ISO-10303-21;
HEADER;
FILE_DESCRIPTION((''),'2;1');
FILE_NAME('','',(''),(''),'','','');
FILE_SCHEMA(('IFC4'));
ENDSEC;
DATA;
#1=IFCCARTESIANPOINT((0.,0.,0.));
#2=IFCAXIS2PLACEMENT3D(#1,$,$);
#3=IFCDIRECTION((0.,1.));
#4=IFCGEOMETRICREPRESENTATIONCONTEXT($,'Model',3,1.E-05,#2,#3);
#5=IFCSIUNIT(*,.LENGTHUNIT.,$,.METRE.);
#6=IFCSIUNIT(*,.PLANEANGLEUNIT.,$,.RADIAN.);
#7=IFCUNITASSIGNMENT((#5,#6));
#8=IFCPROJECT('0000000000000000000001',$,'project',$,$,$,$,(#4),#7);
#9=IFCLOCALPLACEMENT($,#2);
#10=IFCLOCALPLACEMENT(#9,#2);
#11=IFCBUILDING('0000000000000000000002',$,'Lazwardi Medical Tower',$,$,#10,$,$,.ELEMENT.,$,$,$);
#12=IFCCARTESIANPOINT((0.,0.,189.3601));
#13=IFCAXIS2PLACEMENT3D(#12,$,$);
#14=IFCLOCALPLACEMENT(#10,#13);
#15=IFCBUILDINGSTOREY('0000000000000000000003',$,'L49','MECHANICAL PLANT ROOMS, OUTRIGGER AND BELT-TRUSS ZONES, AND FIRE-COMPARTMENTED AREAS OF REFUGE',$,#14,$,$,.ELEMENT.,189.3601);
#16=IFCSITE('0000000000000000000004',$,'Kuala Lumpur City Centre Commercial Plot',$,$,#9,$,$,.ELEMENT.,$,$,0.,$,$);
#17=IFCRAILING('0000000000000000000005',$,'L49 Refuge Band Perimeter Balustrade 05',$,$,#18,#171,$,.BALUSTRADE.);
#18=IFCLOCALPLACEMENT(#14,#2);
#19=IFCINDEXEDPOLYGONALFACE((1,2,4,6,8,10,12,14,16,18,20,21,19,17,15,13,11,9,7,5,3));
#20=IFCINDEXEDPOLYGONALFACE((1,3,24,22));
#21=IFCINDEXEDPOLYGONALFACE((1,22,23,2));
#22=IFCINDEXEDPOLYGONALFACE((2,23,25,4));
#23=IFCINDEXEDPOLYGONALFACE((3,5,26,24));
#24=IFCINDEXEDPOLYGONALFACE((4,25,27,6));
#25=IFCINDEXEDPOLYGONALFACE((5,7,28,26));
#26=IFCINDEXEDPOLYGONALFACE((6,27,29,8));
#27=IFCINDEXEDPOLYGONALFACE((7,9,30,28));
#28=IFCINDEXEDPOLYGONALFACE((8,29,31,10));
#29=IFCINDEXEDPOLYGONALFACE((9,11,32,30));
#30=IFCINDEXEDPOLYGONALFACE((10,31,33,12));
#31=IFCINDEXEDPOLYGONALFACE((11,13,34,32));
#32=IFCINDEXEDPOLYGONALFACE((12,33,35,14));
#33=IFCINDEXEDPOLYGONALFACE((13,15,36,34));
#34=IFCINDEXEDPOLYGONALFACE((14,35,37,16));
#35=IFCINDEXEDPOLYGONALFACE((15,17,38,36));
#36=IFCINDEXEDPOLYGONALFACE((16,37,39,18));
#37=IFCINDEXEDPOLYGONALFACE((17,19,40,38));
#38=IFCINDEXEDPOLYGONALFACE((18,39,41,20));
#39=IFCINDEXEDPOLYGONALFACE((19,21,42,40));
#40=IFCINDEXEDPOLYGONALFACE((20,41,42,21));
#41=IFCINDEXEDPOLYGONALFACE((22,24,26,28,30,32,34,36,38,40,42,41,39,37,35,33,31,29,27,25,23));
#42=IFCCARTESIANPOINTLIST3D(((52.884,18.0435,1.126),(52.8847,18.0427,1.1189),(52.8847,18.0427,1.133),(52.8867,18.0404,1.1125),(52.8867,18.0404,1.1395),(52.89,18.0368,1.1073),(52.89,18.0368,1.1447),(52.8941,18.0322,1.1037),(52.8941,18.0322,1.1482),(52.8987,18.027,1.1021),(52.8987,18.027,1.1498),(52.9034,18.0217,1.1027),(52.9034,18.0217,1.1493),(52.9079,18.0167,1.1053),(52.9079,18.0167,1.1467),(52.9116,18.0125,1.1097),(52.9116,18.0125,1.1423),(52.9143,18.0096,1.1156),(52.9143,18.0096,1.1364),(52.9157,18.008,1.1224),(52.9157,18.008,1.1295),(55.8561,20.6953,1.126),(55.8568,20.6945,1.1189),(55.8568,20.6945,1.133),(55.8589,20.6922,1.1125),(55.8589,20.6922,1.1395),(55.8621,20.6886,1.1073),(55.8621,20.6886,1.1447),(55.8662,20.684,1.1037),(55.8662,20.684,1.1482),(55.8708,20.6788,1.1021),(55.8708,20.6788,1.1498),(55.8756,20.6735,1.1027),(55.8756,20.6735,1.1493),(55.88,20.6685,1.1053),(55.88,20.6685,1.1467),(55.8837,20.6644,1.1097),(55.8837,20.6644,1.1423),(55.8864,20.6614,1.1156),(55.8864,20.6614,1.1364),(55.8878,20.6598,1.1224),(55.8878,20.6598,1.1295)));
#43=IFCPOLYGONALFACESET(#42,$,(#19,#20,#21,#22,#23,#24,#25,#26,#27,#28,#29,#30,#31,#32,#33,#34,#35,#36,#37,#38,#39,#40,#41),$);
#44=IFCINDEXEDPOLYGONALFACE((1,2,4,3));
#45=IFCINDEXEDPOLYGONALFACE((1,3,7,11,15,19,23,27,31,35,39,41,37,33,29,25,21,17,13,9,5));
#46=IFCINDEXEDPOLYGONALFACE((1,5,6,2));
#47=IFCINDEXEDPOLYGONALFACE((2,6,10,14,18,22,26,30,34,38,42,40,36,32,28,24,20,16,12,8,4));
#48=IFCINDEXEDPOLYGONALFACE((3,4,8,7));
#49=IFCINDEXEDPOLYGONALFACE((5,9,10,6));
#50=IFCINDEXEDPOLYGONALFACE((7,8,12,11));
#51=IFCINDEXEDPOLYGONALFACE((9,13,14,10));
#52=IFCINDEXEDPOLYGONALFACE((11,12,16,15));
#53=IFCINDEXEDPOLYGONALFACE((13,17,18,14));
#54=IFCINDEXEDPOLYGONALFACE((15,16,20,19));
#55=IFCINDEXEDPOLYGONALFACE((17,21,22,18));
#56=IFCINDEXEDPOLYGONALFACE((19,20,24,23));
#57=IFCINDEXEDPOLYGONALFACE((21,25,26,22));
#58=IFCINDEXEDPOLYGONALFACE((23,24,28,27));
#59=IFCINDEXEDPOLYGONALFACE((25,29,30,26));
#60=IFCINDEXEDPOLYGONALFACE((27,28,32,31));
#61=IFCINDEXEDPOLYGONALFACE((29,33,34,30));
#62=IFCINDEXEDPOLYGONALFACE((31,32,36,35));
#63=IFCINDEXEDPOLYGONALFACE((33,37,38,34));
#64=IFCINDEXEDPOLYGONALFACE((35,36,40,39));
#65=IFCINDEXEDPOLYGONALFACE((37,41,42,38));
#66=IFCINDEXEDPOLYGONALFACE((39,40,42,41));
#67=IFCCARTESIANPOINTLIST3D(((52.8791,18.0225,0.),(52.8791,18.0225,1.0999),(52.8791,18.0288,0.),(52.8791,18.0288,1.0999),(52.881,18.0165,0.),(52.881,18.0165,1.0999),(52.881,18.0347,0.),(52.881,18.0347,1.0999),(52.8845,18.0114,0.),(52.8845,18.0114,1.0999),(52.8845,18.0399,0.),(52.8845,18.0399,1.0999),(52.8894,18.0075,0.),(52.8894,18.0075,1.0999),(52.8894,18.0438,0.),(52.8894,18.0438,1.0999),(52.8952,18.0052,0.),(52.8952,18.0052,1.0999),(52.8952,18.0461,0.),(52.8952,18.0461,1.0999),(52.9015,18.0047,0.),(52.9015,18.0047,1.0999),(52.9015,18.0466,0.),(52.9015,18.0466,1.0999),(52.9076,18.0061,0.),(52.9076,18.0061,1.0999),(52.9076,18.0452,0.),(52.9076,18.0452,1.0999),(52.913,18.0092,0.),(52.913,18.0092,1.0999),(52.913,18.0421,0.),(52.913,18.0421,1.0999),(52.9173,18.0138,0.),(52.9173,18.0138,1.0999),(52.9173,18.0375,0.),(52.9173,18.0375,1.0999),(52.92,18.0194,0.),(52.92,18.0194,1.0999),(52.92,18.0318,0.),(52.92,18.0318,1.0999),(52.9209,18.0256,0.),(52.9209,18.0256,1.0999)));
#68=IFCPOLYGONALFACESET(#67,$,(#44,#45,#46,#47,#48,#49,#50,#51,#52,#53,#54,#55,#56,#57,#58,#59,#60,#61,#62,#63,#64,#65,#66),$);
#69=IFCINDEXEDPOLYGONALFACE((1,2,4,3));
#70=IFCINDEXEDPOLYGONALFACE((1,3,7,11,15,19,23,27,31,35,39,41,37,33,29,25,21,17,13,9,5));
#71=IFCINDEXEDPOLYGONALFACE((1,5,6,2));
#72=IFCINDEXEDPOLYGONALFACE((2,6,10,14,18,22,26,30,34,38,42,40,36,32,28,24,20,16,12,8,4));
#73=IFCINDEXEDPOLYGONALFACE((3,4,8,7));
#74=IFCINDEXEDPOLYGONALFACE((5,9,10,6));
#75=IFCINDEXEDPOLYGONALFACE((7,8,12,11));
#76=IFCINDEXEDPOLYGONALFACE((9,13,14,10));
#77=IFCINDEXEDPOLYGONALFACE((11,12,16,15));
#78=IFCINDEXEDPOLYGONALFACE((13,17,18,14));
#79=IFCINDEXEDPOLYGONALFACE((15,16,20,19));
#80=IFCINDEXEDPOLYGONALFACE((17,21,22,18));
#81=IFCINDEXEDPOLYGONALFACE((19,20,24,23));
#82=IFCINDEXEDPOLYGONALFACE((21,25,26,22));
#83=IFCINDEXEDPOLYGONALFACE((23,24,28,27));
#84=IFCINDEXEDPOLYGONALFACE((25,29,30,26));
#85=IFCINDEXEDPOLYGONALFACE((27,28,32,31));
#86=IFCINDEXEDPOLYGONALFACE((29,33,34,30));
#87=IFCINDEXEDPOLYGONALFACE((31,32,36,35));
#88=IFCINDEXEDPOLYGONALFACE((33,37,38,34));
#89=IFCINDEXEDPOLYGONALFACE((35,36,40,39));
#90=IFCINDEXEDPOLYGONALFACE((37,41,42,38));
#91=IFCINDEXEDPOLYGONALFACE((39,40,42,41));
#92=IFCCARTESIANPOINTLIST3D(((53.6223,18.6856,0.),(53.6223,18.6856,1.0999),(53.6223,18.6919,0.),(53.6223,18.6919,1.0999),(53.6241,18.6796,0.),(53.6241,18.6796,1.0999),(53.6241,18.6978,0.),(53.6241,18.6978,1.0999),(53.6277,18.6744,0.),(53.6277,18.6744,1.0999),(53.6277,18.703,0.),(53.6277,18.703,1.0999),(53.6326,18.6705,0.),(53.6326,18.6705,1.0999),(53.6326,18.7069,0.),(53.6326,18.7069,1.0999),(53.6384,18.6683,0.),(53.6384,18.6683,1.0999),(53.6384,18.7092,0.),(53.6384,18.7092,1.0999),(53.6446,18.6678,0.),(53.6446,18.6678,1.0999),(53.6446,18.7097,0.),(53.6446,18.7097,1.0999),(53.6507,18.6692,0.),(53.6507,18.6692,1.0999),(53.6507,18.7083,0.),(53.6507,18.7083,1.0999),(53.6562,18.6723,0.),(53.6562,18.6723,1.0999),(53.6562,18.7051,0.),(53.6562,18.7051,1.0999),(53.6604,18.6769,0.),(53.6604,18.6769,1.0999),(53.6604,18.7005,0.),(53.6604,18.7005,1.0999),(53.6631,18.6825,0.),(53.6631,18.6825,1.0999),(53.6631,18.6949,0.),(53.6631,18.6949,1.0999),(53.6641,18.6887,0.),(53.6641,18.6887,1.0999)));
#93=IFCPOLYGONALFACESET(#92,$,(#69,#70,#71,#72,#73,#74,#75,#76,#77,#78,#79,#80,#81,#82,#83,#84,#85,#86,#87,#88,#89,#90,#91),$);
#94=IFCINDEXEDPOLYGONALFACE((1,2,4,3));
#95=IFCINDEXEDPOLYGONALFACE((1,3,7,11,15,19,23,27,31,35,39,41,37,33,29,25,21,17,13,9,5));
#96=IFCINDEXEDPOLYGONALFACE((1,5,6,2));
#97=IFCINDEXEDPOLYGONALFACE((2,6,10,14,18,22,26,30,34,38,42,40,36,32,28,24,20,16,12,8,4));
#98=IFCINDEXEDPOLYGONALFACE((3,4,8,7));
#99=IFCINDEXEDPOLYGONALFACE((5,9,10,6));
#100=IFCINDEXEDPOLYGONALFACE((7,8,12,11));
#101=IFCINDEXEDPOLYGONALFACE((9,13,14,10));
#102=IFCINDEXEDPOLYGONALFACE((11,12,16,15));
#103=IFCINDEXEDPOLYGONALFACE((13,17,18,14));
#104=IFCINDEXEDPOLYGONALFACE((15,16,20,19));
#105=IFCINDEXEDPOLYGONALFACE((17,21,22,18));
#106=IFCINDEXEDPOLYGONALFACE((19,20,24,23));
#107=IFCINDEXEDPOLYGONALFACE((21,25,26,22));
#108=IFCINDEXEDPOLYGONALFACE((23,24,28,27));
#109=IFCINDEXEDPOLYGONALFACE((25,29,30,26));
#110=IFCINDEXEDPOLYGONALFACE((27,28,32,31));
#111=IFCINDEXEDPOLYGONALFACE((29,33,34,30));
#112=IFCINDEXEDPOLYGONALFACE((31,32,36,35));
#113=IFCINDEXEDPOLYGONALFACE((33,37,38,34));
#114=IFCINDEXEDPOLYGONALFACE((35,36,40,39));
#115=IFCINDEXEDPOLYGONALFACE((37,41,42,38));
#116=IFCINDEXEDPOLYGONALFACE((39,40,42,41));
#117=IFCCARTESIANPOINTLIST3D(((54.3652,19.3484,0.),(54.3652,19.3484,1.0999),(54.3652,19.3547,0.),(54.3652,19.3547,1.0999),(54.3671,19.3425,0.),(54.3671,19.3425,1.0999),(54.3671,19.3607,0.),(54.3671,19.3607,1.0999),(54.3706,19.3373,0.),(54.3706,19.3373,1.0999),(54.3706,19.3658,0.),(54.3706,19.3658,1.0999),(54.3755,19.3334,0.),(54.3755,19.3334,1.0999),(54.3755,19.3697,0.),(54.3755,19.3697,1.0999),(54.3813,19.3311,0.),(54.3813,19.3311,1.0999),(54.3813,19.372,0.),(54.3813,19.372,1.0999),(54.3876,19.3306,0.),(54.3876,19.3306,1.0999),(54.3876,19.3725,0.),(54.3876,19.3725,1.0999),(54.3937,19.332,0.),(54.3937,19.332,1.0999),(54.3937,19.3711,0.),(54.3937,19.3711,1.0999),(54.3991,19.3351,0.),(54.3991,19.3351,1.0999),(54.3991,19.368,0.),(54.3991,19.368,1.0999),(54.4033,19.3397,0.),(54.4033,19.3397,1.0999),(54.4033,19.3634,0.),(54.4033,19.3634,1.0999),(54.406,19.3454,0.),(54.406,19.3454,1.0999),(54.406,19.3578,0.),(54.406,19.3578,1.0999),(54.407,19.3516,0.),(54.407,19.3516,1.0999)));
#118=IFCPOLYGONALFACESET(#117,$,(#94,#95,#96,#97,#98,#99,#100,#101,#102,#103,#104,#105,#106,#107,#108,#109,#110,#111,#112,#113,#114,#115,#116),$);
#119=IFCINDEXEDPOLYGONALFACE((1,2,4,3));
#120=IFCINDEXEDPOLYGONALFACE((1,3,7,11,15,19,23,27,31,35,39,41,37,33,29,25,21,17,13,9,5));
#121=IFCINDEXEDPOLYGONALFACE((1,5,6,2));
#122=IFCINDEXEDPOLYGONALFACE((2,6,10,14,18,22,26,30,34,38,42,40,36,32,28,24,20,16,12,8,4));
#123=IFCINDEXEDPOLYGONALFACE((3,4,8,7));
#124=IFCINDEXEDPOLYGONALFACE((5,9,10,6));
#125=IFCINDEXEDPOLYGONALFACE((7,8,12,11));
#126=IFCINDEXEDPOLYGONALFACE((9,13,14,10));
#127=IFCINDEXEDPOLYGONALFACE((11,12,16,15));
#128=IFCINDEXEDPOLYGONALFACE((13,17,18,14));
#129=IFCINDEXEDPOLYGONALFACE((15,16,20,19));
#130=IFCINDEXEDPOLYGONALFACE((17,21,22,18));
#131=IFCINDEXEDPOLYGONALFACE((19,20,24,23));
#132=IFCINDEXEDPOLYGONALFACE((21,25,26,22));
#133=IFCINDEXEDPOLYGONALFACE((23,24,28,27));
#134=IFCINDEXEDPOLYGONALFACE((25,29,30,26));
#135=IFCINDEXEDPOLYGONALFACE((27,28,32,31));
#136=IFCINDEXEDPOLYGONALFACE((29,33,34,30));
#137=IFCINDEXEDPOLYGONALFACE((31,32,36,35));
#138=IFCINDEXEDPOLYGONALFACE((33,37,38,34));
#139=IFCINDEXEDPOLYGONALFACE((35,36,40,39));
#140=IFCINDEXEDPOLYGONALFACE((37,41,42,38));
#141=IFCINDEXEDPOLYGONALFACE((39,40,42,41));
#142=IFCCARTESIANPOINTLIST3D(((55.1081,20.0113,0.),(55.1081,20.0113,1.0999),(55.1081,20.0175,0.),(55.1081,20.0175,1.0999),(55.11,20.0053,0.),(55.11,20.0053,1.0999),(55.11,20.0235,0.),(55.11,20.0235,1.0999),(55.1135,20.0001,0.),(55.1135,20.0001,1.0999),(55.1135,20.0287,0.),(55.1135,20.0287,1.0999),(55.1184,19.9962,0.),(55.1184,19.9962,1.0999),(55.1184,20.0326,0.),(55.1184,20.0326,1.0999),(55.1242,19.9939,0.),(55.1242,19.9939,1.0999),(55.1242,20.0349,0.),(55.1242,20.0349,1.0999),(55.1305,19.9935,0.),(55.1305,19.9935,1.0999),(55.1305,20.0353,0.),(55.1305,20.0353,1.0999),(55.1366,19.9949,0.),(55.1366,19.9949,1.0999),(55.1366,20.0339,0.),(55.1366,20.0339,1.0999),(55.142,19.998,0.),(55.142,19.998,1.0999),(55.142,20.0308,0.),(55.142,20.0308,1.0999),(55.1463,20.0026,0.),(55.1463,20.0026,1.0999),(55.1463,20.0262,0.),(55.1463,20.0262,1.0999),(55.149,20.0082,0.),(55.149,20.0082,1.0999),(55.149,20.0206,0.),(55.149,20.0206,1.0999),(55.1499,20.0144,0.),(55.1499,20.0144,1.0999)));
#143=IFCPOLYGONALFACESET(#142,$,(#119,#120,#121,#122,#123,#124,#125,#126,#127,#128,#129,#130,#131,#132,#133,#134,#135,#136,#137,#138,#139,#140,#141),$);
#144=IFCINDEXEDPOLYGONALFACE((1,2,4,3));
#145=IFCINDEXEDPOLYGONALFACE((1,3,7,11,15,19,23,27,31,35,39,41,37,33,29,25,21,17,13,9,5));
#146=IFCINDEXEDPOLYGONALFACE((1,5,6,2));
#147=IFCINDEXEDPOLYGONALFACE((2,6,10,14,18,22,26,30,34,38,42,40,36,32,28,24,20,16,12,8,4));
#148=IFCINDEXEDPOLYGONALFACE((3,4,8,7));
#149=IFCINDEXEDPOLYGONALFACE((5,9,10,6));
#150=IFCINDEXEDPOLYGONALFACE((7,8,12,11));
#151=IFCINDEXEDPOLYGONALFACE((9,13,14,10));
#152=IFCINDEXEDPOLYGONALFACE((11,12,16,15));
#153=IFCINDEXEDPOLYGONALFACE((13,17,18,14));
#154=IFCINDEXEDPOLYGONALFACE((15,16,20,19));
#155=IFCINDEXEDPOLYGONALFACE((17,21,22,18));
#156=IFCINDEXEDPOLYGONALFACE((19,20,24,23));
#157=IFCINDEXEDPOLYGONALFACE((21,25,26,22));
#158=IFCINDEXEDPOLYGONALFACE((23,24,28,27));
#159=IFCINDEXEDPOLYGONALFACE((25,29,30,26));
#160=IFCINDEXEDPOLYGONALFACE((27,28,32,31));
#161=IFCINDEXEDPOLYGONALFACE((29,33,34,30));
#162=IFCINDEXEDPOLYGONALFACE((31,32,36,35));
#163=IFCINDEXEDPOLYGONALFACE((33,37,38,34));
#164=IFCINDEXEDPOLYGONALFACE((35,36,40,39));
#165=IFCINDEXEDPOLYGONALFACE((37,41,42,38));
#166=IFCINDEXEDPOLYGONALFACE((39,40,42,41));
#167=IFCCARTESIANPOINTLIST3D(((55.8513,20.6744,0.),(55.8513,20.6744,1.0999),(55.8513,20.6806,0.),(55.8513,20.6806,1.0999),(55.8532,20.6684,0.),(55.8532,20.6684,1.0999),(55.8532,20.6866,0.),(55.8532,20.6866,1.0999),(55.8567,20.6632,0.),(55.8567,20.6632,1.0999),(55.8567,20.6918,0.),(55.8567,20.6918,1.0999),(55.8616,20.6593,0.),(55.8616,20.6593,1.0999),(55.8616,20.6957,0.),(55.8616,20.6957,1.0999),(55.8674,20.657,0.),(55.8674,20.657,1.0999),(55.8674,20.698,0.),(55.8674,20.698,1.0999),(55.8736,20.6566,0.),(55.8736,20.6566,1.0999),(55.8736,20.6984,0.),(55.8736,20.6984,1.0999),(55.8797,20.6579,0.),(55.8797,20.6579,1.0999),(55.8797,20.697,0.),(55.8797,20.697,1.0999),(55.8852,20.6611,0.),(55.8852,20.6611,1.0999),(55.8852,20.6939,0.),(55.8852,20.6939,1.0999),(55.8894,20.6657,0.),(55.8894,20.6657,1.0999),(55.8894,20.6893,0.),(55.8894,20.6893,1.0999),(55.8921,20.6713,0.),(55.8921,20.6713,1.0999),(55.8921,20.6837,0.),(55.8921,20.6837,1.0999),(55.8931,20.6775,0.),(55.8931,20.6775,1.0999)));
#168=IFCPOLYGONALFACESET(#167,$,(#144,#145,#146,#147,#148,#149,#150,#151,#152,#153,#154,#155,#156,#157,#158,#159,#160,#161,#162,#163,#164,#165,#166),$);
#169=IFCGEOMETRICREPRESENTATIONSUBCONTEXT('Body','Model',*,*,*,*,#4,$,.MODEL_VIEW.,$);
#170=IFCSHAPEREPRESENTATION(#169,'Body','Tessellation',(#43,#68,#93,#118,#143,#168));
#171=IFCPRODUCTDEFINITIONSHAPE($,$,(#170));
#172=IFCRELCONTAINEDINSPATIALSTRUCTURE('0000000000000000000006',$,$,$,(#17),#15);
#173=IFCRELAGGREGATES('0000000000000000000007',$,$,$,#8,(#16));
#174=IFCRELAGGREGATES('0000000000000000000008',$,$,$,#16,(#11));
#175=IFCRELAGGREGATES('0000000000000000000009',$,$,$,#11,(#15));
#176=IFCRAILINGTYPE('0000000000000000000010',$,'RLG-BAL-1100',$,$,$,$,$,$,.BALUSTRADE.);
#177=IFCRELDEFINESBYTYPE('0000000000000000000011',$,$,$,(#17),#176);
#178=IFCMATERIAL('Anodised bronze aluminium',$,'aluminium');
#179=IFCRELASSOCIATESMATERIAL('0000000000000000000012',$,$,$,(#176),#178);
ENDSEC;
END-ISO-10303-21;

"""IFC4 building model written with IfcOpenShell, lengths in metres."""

from ifc_helpers import new_model, si_unit, direction, frame, origin, origin_2d, place, context, subcontext, project, spatial, circle, extrude, material, type_object, element, save


model = new_model("IFC4")

# Units and contexts
model_context = context("Model", 3, precision=1e-05, world=origin(), true_north=direction((0.0, 1.0)))
body_context = subcontext(model_context, "Body", "Model", "MODEL_VIEW")
ifc_project = project(units=[si_unit("LENGTHUNIT", "METRE"), si_unit("PLANEANGLEUNIT", "RADIAN")], contexts=[model_context])

# Site, building, storey
site_placement = place(None, origin())
site = spatial("IfcSite", under=ifc_project, at=site_placement, Name="Kuala Lumpur City Centre Commercial Plot", CompositionType="ELEMENT", RefElevation=0.0)
building_placement = place(site_placement, origin())
building = spatial("IfcBuilding", under=site, at=building_placement, Name="Lazwardi Medical Tower", CompositionType="ELEMENT")
storey_placement = place(building_placement, frame((0.0, 0.0, 189.3601)))
storey = spatial("IfcBuildingStorey", under=building, at=storey_placement, Name="L49", Description="MECHANICAL PLANT ROOMS, OUTRIGGER AND BELT-TRUSS ZONES, AND FIRE-COMPARTMENTED AREAS OF REFUGE", CompositionType="ELEMENT", Elevation=189.3601)

# Railing
ifc_material_1 = material(Name="Anodised bronze aluminium", Category="aluminium")
railing_type = type_object("IfcRailingType", Name="RLG-BAL-1100", PredefinedType="BALUSTRADE", material=ifc_material_1)
railing_1_placement = place(storey_placement, frame((52.8999, 18.0256, 0.0)))
element("IfcRailing", 1, at=railing_1_placement, inside=storey, type_object=railing_type, Name="L49 Refuge Band Perimeter Balustrade 05", PredefinedType="BALUSTRADE", context=body_context, shape_type="SweptSolid", body=[
    extrude(circle(Radius=0.0239, at=origin_2d()), frame((0.0, 0.0, 1.126), z_axis=(0.74617, 0.665755, 0.0), x_axis=(-0.665755, 0.74617, 0.0)), (0.0, 0.0, 1.0), 3.9832),
    extrude(circle(Radius=0.021, at=origin_2d()), origin(), (0.0, 0.0, 1.0), 1.0999),
    extrude(circle(Radius=0.021, at=origin_2d()), frame((0.7432, 0.6631, 0.0)), (0.0, 0.0, 1.0), 1.0999),
    extrude(circle(Radius=0.021, at=origin_2d()), frame((1.4861, 1.3259, 0.0)), (0.0, 0.0, 1.0), 1.0999),
    extrude(circle(Radius=0.021, at=origin_2d()), frame((2.229, 1.9888, 0.0)), (0.0, 0.0, 1.0), 1.0999),
    extrude(circle(Radius=0.021, at=origin_2d()), frame((2.9722, 2.6519, 0.0)), (0.0, 0.0, 1.0), 1.0999),
])

save(model, "model.ifc")
